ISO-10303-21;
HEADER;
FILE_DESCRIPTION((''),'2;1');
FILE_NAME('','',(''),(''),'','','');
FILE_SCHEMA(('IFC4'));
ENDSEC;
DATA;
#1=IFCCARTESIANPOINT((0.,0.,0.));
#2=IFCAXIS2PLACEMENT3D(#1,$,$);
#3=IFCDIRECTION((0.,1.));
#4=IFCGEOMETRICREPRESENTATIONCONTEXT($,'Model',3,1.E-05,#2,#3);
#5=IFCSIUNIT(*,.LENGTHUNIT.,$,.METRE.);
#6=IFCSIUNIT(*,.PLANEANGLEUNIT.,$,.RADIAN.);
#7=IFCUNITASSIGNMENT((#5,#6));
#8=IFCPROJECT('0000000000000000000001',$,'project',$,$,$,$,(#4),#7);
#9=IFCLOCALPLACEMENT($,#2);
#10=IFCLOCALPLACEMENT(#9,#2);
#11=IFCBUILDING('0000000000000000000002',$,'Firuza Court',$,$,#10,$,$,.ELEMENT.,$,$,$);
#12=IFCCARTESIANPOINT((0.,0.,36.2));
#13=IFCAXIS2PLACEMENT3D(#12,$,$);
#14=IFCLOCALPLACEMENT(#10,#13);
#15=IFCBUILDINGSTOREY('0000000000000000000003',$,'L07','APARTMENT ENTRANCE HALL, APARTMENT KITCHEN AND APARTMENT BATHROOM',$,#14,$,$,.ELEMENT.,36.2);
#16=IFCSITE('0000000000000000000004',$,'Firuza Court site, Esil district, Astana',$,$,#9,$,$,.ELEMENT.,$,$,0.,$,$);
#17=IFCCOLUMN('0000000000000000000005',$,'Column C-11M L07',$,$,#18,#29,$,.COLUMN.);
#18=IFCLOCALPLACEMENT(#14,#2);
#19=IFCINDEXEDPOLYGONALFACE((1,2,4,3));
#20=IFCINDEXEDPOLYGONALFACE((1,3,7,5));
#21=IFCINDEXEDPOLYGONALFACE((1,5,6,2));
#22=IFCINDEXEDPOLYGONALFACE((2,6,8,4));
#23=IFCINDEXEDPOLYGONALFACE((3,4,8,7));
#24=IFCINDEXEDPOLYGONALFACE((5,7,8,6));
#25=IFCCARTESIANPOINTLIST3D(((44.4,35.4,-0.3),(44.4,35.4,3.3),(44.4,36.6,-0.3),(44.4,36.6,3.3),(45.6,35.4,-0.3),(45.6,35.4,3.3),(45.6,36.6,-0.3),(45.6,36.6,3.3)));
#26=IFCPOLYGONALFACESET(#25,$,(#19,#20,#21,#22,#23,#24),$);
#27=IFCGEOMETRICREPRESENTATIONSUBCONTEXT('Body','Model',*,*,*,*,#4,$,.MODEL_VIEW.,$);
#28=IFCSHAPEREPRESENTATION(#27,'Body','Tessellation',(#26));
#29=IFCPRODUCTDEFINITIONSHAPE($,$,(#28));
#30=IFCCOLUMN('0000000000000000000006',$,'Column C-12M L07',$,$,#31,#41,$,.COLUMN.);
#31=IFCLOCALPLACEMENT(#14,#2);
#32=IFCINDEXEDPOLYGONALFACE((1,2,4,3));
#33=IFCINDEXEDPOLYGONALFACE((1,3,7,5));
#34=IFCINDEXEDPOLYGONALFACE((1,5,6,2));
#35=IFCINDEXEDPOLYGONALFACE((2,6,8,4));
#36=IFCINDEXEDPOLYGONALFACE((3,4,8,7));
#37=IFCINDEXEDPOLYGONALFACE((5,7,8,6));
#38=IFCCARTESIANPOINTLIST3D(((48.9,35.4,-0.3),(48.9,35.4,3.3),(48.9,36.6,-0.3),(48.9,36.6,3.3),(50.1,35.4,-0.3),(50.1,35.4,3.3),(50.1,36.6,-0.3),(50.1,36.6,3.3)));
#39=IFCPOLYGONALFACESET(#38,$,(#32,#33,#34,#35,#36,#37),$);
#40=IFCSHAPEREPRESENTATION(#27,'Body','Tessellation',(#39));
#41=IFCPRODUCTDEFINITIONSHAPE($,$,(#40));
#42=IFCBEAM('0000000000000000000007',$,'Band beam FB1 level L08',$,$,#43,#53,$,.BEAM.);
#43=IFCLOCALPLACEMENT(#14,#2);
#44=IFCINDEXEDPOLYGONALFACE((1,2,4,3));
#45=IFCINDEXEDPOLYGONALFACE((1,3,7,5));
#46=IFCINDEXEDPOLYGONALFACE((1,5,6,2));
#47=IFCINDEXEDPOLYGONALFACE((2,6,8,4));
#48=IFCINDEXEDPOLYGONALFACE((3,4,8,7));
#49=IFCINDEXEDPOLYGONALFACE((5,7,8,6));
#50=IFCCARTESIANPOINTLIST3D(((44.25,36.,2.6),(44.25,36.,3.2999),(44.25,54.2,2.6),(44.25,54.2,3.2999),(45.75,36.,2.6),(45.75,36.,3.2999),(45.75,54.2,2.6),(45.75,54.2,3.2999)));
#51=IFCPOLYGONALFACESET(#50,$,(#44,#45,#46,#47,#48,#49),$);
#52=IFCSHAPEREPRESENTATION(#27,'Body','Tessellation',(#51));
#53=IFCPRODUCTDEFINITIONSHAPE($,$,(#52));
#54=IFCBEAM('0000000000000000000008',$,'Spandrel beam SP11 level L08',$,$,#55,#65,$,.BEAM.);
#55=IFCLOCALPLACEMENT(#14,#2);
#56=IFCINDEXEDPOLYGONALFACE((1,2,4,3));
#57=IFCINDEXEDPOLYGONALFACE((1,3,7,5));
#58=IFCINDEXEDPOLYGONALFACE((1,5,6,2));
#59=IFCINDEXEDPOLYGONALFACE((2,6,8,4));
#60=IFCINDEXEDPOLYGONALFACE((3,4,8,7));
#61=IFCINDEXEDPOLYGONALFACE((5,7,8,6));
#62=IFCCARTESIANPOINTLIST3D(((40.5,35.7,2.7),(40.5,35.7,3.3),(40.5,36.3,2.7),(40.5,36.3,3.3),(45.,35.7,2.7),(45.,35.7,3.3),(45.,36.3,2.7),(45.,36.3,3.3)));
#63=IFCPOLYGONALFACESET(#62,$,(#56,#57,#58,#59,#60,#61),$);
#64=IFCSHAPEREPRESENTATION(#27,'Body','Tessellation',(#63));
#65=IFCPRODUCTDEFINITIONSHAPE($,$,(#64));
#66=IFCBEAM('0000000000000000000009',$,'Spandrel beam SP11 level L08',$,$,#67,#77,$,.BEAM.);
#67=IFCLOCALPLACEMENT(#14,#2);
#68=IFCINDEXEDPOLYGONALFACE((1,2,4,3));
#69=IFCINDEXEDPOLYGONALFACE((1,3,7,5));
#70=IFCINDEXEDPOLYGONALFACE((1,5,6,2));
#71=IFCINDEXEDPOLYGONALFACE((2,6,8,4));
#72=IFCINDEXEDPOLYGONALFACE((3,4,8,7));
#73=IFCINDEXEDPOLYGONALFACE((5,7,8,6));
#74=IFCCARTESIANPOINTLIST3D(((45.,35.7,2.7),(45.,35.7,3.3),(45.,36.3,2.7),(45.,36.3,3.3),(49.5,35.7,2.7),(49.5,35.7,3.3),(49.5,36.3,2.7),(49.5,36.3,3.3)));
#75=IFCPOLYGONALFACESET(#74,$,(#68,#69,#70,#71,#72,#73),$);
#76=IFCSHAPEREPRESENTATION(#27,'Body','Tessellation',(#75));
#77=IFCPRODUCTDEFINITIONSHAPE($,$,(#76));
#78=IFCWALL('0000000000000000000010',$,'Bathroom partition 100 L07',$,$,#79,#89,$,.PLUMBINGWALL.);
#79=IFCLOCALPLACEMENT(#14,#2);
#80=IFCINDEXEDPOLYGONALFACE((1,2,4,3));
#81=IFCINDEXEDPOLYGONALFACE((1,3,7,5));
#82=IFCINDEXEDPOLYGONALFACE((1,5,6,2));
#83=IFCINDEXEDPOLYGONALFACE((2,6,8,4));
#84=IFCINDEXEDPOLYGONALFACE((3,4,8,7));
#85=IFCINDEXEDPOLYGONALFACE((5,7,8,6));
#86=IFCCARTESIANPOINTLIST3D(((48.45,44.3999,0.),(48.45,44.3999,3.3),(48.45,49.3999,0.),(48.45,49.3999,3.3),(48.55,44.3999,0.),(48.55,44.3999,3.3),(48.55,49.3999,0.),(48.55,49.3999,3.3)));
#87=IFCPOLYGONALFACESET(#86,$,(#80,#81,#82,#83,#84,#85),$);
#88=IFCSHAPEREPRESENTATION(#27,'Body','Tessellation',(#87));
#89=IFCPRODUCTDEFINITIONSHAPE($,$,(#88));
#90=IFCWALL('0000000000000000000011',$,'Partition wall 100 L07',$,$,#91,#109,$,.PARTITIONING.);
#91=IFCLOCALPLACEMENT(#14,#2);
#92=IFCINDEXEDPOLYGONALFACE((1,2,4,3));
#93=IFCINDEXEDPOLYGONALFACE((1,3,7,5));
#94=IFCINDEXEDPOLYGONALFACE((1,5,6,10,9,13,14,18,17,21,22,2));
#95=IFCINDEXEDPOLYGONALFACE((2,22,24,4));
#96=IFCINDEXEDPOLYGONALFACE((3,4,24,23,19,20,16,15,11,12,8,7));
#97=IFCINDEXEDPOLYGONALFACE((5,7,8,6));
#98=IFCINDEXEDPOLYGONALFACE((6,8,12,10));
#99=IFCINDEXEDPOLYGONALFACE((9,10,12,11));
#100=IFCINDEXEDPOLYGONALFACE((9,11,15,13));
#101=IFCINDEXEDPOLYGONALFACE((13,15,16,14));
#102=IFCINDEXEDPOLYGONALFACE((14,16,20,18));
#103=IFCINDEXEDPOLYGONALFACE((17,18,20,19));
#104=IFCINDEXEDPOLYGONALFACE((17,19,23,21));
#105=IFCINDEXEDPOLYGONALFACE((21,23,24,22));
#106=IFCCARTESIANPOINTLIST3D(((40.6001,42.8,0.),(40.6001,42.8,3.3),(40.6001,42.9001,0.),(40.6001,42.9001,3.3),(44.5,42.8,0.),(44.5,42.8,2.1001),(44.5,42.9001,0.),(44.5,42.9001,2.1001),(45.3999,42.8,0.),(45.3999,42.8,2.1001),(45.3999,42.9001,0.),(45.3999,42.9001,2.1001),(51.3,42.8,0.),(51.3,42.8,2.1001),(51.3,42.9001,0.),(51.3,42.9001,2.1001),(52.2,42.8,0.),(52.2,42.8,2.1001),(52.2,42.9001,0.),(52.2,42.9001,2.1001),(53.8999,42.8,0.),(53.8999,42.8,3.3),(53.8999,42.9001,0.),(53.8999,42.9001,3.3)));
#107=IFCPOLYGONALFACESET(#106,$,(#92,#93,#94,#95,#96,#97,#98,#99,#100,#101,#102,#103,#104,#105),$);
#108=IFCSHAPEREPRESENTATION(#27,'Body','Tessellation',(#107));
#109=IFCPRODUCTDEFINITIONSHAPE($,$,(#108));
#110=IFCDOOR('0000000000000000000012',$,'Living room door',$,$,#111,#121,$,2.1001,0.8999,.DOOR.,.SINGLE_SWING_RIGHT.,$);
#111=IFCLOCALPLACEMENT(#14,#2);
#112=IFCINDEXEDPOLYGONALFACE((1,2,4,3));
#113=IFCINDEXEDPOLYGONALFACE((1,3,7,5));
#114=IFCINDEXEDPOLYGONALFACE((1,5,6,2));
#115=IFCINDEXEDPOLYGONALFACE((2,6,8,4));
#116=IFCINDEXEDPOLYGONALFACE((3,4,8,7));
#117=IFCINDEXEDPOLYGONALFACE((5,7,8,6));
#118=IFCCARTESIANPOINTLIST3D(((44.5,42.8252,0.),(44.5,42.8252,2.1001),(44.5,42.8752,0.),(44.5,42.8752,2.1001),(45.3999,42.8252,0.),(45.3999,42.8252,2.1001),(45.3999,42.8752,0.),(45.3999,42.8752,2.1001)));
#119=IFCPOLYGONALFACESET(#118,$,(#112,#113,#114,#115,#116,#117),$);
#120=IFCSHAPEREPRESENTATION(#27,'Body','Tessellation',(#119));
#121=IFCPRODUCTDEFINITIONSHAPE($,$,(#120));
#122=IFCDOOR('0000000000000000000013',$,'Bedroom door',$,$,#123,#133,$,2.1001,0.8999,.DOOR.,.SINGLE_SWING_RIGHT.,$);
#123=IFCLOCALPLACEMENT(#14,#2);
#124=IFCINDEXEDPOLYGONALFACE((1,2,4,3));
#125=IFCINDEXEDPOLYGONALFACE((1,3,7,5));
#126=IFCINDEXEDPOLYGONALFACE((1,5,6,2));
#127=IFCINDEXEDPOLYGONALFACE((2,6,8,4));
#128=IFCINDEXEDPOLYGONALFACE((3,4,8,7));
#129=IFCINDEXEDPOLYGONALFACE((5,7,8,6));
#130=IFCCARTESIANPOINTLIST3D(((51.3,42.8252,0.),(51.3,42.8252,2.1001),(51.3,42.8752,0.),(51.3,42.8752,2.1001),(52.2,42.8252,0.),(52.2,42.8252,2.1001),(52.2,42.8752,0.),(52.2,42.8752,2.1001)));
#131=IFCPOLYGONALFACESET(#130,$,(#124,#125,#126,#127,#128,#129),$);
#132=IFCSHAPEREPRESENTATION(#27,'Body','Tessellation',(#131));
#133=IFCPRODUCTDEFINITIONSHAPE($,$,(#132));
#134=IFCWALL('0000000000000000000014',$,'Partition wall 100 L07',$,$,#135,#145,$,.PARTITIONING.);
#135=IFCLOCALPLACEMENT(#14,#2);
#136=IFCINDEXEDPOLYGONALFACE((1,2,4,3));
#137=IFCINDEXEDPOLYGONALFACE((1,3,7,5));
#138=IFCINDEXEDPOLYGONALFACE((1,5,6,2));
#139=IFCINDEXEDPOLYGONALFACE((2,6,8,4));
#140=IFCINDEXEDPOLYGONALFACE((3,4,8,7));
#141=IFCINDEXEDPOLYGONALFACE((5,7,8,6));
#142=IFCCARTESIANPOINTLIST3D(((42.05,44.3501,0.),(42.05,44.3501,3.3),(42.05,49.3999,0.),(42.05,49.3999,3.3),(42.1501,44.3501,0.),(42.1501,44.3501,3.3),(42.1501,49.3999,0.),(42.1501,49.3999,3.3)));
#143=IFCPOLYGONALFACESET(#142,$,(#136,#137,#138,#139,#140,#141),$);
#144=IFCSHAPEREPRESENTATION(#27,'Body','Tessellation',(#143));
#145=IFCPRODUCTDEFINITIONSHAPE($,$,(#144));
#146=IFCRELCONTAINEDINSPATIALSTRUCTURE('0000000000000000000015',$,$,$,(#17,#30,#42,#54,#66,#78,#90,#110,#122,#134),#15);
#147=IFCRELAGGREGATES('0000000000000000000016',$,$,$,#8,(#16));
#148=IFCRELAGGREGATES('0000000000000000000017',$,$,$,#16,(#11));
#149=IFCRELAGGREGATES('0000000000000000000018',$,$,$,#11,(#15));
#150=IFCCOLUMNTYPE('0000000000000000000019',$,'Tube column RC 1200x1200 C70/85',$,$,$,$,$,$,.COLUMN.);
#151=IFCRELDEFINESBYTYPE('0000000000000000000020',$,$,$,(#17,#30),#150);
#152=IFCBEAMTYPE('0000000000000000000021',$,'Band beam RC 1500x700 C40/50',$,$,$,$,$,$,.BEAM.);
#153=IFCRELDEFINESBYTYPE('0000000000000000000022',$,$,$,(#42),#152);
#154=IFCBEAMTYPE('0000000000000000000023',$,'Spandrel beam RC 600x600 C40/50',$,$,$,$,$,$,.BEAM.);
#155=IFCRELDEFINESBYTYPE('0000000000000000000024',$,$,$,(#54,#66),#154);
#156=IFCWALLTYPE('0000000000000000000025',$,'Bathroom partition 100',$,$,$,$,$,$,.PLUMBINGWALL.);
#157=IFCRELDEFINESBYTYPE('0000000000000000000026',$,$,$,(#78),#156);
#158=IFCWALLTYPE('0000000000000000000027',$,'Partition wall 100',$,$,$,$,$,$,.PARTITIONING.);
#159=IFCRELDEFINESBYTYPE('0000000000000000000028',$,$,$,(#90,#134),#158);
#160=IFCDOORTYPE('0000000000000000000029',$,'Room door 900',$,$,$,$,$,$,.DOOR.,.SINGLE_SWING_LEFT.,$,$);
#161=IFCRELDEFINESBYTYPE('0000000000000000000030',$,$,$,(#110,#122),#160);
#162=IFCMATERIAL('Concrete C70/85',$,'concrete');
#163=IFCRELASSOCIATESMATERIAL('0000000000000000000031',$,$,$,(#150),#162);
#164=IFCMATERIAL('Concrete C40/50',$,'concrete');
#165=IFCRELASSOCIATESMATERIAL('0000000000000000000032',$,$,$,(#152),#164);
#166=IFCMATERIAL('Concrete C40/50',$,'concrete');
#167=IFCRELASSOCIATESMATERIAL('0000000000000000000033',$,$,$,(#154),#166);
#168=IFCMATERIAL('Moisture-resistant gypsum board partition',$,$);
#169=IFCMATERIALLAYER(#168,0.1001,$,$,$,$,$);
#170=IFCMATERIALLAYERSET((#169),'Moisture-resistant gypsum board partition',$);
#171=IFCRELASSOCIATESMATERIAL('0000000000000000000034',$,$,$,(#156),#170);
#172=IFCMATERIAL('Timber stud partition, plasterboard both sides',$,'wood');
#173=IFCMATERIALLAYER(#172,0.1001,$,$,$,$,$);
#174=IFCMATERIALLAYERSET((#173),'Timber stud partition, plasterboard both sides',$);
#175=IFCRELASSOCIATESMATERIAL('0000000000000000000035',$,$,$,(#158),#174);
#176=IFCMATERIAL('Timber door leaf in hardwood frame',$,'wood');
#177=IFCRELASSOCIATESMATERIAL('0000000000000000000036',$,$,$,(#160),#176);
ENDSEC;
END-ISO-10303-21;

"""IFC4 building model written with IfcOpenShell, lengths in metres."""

from ifc_helpers import new_model, si_unit, direction, frame, frame_2d, origin, origin_2d, place, context, subcontext, project, spatial, rectangle, extrude, material, layer, layer_set, material_profile, profile_set, type_object, element, fill, save


model = new_model("IFC4")

# Units and contexts
model_context = context("Model", 3, precision=1e-05, world=origin(), true_north=direction((0.0, 1.0)))
body_context = subcontext(model_context, "Body", "Model", "MODEL_VIEW")
ifc_project = project(units=[si_unit("LENGTHUNIT", "METRE"), si_unit("PLANEANGLEUNIT", "RADIAN")], contexts=[model_context])

# Site, building, storey
site_placement = place(None, origin())
site = spatial("IfcSite", under=ifc_project, at=site_placement, Name="Firuza Court site, Esil district, Astana", CompositionType="ELEMENT", RefElevation=0.0)
building_placement = place(site_placement, origin())
building = spatial("IfcBuilding", under=site, at=building_placement, Name="Firuza Court", CompositionType="ELEMENT")
storey_placement = place(building_placement, frame((0.0, 0.0, 36.2)))
storey = spatial("IfcBuildingStorey", under=building, at=storey_placement, Name="L07", Description="APARTMENT ENTRANCE HALL, APARTMENT KITCHEN AND APARTMENT BATHROOM", CompositionType="ELEMENT", Elevation=36.2)

# Columns
ifc_material_1 = material(Name="Concrete C70/85", Category="concrete")
ifc_material_profile_1 = material_profile(ifc_material_1, rectangle(XDim=1.2, YDim=1.2, at=origin_2d()), Name="RC 1200x1200")
ifc_profile_set_1 = profile_set([ifc_material_profile_1], Name="Concrete C70/85")
column_type = type_object("IfcColumnType", Name="Tube column RC 1200x1200 C70/85", PredefinedType="COLUMN", material=ifc_profile_set_1)
for number, where, z_axis, x_axis, name in (
    (1, (45.0, 36.0, -0.3), (0.0, 0.0, 1.0), (1.0, 0.0, 0.0), "Column C-11M L07"),
    (2, (49.5, 36.0, -0.3), (0.0, 0.0, 1.0), (1.0, 0.0, 0.0), "Column C-12M L07"),
):
    element("IfcColumn", number, at=place(storey_placement, frame(where, z_axis=z_axis, x_axis=x_axis)), inside=storey, type_object=column_type, Name=name, PredefinedType="COLUMN", context=body_context, shape_type="SweptSolid", body=[
        extrude(rectangle(XDim=1.2, YDim=1.2, at=origin_2d()), origin(), (0.0, 0.0, 1.0), 3.6001),
    ])

# Beams
ifc_material_2 = material(Name="Concrete C40/50", Category="concrete")
ifc_material_profile_2 = material_profile(ifc_material_2, rectangle(XDim=1.5, YDim=0.7, at=origin_2d()), Name="RC 1500x700")
ifc_profile_set_2 = profile_set([ifc_material_profile_2], Name="Concrete C40/50")
beam_type_1 = type_object("IfcBeamType", Name="Band beam RC 1500x700 C40/50", PredefinedType="BEAM", material=ifc_profile_set_2)
beam_placement = place(storey_placement, frame((45.0, 36.0, 2.95), z_axis=(0.0, 1.0, 0.0), x_axis=(-1.0, 0.0, 0.0)))
element("IfcBeam", 3, at=beam_placement, inside=storey, type_object=beam_type_1, Name="Band beam FB1 level L08", PredefinedType="BEAM", context=body_context, shape_type="SweptSolid", body=[
    extrude(rectangle(XDim=1.5, YDim=0.7, at=origin_2d()), origin(), (0.0, 0.0, 1.0), 18.2),
])
ifc_material_3 = material(Name="Concrete C40/50", Category="concrete")
ifc_material_profile_3 = material_profile(ifc_material_3, rectangle(XDim=0.6001, YDim=0.6001, at=origin_2d()), Name="RC 600x600")
ifc_profile_set_3 = profile_set([ifc_material_profile_3], Name="Concrete C40/50")
beam_type_2 = type_object("IfcBeamType", Name="Spandrel beam RC 600x600 C40/50", PredefinedType="BEAM", material=ifc_profile_set_3)
for number, where, z_axis, x_axis, name in (
    (4, (40.5, 36.0, 3.0), (1.0, 0.0, 0.0), (0.0, 1.0, 0.0), "Spandrel beam SP11 level L08"),
    (5, (45.0, 36.0, 3.0), (1.0, 0.0, 0.0), (0.0, 1.0, 0.0), "Spandrel beam SP11 level L08"),
):
    element("IfcBeam", number, at=place(storey_placement, frame(where, z_axis=z_axis, x_axis=x_axis)), inside=storey, type_object=beam_type_2, Name=name, PredefinedType="BEAM", context=body_context, shape_type="SweptSolid", body=[
        extrude(rectangle(XDim=0.6001, YDim=0.6001, at=origin_2d()), origin(), (0.0, 0.0, 1.0), 4.5),
    ])

# Wall
ifc_material_4 = material(Name="Moisture-resistant gypsum board partition")
ifc_layer_1 = layer(ifc_material_4, 0.1001)
ifc_layer_set_1 = layer_set([ifc_layer_1], Name="Moisture-resistant gypsum board partition")
wall_type_1 = type_object("IfcWallType", Name="Bathroom partition 100", PredefinedType="PLUMBINGWALL", material=ifc_layer_set_1)
wall_1_placement = place(storey_placement, frame((48.5, 44.3999, 0.0), z_axis=(0.0, 0.0, 1.0), x_axis=(0.0, 1.0, 0.0)))
element("IfcWall", 6, at=wall_1_placement, inside=storey, type_object=wall_type_1, Name="Bathroom partition 100 L07", PredefinedType="PLUMBINGWALL", context=body_context, shape_type="SweptSolid", body=[
    extrude(rectangle(XDim=5.0, YDim=0.1001, at=frame_2d((2.5, 0.0))), origin(), (0.0, 0.0, 1.0), 3.3),
])

# Wall, openings, doors
ifc_material_5 = material(Name="Timber stud partition, plasterboard both sides", Category="wood")
ifc_layer_2 = layer(ifc_material_5, 0.1001)
ifc_layer_set_2 = layer_set([ifc_layer_2], Name="Timber stud partition, plasterboard both sides")
wall_type_2 = type_object("IfcWallType", Name="Partition wall 100", PredefinedType="PARTITIONING", material=ifc_layer_set_2)
wall_2_placement = place(storey_placement, frame((40.6001, 42.8501, 0.0), z_axis=(0.0, 0.0, 1.0), x_axis=(1.0, 0.0, 0.0)))
wall_2 = element("IfcWall", 7, at=wall_2_placement, inside=storey, type_object=wall_type_2, Name="Partition wall 100 L07", PredefinedType="PARTITIONING", context=body_context, shape_type="SweptSolid", body=[
    extrude(rectangle(XDim=13.2998, YDim=0.1001, at=frame_2d((6.6499, 0.0))), origin(), (0.0, 0.0, 1.0), 3.3),
])
opening_1_placement = place(wall_2_placement, frame((3.8999, 0.0, 0.0)))
opening_1 = element("IfcOpeningElement", 8, at=opening_1_placement, cuts=wall_2, PredefinedType="OPENING", context=body_context, shape_type="SweptSolid", body=[
    extrude(rectangle(XDim=0.8999, YDim=2.1001, at=frame_2d((0.45, 1.05))), frame((0.0, 0.062, 0.0), z_axis=(0.0, -1.0, 0.0), x_axis=(1.0, 0.0, 0.0)), (0.0, 0.0, 1.0), 0.124),
])
opening_2_placement = place(wall_2_placement, frame((10.7, 0.0, 0.0)))
opening_2 = element("IfcOpeningElement", 9, at=opening_2_placement, cuts=wall_2, PredefinedType="OPENING", context=body_context, shape_type="SweptSolid", body=[
    extrude(rectangle(XDim=0.8999, YDim=2.1001, at=frame_2d((0.45, 1.05))), frame((0.0, 0.062, 0.0), z_axis=(0.0, -1.0, 0.0), x_axis=(1.0, 0.0, 0.0)), (0.0, 0.0, 1.0), 0.124),
])
ifc_material_6 = material(Name="Timber door leaf in hardwood frame", Category="wood")
door_type_1 = type_object("IfcDoorType", Name="Room door 900", OperationType="SINGLE_SWING_LEFT", PredefinedType="DOOR", material=ifc_material_6)
door_1_placement = place(opening_1_placement, frame((0.8999, 0.0, 0.0), z_axis=(0.0, 0.0, 1.0), x_axis=(-1.0, 0.0, 0.0)))
door_1 = element("IfcDoor", 10, at=door_1_placement, inside=storey, type_object=door_type_1, Name="Living room door", OperationType="SINGLE_SWING_RIGHT", OverallHeight=2.1001, OverallWidth=0.8999, PredefinedType="DOOR", context=body_context, shape_type="SweptSolid", body=[
    extrude(rectangle(XDim=0.8999, YDim=2.1001, at=frame_2d((0.45, 1.05))), frame((0.0, 0.0249, 0.0), z_axis=(0.0, -1.0, 0.0), x_axis=(1.0, 0.0, 0.0)), (0.0, 0.0, 1.0), 0.05),
])
fill(opening_1, door_1)
door_2_placement = place(opening_2_placement, frame((0.8999, 0.0, 0.0), z_axis=(0.0, 0.0, 1.0), x_axis=(-1.0, 0.0, 0.0)))
door_2 = element("IfcDoor", 11, at=door_2_placement, inside=storey, type_object=door_type_1, Name="Bedroom door", OperationType="SINGLE_SWING_RIGHT", OverallHeight=2.1001, OverallWidth=0.8999, PredefinedType="DOOR", context=body_context, shape_type="SweptSolid", body=[
    extrude(rectangle(XDim=0.8999, YDim=2.1001, at=frame_2d((0.45, 1.05))), frame((0.0, 0.0249, 0.0), z_axis=(0.0, -1.0, 0.0), x_axis=(1.0, 0.0, 0.0)), (0.0, 0.0, 1.0), 0.05),
])
fill(opening_2, door_2)

# Wall
wall_3_placement = place(storey_placement, frame((42.1001, 44.3501, 0.0), z_axis=(0.0, 0.0, 1.0), x_axis=(0.0, 1.0, 0.0)))
element("IfcWall", 12, at=wall_3_placement, inside=storey, type_object=wall_type_2, Name="Partition wall 100 L07", PredefinedType="PARTITIONING", context=body_context, shape_type="SweptSolid", body=[
    extrude(rectangle(XDim=5.0498, YDim=0.1001, at=frame_2d((2.5249, 0.0))), origin(), (0.0, 0.0, 1.0), 3.3),
])

save(model, "model.ifc")
